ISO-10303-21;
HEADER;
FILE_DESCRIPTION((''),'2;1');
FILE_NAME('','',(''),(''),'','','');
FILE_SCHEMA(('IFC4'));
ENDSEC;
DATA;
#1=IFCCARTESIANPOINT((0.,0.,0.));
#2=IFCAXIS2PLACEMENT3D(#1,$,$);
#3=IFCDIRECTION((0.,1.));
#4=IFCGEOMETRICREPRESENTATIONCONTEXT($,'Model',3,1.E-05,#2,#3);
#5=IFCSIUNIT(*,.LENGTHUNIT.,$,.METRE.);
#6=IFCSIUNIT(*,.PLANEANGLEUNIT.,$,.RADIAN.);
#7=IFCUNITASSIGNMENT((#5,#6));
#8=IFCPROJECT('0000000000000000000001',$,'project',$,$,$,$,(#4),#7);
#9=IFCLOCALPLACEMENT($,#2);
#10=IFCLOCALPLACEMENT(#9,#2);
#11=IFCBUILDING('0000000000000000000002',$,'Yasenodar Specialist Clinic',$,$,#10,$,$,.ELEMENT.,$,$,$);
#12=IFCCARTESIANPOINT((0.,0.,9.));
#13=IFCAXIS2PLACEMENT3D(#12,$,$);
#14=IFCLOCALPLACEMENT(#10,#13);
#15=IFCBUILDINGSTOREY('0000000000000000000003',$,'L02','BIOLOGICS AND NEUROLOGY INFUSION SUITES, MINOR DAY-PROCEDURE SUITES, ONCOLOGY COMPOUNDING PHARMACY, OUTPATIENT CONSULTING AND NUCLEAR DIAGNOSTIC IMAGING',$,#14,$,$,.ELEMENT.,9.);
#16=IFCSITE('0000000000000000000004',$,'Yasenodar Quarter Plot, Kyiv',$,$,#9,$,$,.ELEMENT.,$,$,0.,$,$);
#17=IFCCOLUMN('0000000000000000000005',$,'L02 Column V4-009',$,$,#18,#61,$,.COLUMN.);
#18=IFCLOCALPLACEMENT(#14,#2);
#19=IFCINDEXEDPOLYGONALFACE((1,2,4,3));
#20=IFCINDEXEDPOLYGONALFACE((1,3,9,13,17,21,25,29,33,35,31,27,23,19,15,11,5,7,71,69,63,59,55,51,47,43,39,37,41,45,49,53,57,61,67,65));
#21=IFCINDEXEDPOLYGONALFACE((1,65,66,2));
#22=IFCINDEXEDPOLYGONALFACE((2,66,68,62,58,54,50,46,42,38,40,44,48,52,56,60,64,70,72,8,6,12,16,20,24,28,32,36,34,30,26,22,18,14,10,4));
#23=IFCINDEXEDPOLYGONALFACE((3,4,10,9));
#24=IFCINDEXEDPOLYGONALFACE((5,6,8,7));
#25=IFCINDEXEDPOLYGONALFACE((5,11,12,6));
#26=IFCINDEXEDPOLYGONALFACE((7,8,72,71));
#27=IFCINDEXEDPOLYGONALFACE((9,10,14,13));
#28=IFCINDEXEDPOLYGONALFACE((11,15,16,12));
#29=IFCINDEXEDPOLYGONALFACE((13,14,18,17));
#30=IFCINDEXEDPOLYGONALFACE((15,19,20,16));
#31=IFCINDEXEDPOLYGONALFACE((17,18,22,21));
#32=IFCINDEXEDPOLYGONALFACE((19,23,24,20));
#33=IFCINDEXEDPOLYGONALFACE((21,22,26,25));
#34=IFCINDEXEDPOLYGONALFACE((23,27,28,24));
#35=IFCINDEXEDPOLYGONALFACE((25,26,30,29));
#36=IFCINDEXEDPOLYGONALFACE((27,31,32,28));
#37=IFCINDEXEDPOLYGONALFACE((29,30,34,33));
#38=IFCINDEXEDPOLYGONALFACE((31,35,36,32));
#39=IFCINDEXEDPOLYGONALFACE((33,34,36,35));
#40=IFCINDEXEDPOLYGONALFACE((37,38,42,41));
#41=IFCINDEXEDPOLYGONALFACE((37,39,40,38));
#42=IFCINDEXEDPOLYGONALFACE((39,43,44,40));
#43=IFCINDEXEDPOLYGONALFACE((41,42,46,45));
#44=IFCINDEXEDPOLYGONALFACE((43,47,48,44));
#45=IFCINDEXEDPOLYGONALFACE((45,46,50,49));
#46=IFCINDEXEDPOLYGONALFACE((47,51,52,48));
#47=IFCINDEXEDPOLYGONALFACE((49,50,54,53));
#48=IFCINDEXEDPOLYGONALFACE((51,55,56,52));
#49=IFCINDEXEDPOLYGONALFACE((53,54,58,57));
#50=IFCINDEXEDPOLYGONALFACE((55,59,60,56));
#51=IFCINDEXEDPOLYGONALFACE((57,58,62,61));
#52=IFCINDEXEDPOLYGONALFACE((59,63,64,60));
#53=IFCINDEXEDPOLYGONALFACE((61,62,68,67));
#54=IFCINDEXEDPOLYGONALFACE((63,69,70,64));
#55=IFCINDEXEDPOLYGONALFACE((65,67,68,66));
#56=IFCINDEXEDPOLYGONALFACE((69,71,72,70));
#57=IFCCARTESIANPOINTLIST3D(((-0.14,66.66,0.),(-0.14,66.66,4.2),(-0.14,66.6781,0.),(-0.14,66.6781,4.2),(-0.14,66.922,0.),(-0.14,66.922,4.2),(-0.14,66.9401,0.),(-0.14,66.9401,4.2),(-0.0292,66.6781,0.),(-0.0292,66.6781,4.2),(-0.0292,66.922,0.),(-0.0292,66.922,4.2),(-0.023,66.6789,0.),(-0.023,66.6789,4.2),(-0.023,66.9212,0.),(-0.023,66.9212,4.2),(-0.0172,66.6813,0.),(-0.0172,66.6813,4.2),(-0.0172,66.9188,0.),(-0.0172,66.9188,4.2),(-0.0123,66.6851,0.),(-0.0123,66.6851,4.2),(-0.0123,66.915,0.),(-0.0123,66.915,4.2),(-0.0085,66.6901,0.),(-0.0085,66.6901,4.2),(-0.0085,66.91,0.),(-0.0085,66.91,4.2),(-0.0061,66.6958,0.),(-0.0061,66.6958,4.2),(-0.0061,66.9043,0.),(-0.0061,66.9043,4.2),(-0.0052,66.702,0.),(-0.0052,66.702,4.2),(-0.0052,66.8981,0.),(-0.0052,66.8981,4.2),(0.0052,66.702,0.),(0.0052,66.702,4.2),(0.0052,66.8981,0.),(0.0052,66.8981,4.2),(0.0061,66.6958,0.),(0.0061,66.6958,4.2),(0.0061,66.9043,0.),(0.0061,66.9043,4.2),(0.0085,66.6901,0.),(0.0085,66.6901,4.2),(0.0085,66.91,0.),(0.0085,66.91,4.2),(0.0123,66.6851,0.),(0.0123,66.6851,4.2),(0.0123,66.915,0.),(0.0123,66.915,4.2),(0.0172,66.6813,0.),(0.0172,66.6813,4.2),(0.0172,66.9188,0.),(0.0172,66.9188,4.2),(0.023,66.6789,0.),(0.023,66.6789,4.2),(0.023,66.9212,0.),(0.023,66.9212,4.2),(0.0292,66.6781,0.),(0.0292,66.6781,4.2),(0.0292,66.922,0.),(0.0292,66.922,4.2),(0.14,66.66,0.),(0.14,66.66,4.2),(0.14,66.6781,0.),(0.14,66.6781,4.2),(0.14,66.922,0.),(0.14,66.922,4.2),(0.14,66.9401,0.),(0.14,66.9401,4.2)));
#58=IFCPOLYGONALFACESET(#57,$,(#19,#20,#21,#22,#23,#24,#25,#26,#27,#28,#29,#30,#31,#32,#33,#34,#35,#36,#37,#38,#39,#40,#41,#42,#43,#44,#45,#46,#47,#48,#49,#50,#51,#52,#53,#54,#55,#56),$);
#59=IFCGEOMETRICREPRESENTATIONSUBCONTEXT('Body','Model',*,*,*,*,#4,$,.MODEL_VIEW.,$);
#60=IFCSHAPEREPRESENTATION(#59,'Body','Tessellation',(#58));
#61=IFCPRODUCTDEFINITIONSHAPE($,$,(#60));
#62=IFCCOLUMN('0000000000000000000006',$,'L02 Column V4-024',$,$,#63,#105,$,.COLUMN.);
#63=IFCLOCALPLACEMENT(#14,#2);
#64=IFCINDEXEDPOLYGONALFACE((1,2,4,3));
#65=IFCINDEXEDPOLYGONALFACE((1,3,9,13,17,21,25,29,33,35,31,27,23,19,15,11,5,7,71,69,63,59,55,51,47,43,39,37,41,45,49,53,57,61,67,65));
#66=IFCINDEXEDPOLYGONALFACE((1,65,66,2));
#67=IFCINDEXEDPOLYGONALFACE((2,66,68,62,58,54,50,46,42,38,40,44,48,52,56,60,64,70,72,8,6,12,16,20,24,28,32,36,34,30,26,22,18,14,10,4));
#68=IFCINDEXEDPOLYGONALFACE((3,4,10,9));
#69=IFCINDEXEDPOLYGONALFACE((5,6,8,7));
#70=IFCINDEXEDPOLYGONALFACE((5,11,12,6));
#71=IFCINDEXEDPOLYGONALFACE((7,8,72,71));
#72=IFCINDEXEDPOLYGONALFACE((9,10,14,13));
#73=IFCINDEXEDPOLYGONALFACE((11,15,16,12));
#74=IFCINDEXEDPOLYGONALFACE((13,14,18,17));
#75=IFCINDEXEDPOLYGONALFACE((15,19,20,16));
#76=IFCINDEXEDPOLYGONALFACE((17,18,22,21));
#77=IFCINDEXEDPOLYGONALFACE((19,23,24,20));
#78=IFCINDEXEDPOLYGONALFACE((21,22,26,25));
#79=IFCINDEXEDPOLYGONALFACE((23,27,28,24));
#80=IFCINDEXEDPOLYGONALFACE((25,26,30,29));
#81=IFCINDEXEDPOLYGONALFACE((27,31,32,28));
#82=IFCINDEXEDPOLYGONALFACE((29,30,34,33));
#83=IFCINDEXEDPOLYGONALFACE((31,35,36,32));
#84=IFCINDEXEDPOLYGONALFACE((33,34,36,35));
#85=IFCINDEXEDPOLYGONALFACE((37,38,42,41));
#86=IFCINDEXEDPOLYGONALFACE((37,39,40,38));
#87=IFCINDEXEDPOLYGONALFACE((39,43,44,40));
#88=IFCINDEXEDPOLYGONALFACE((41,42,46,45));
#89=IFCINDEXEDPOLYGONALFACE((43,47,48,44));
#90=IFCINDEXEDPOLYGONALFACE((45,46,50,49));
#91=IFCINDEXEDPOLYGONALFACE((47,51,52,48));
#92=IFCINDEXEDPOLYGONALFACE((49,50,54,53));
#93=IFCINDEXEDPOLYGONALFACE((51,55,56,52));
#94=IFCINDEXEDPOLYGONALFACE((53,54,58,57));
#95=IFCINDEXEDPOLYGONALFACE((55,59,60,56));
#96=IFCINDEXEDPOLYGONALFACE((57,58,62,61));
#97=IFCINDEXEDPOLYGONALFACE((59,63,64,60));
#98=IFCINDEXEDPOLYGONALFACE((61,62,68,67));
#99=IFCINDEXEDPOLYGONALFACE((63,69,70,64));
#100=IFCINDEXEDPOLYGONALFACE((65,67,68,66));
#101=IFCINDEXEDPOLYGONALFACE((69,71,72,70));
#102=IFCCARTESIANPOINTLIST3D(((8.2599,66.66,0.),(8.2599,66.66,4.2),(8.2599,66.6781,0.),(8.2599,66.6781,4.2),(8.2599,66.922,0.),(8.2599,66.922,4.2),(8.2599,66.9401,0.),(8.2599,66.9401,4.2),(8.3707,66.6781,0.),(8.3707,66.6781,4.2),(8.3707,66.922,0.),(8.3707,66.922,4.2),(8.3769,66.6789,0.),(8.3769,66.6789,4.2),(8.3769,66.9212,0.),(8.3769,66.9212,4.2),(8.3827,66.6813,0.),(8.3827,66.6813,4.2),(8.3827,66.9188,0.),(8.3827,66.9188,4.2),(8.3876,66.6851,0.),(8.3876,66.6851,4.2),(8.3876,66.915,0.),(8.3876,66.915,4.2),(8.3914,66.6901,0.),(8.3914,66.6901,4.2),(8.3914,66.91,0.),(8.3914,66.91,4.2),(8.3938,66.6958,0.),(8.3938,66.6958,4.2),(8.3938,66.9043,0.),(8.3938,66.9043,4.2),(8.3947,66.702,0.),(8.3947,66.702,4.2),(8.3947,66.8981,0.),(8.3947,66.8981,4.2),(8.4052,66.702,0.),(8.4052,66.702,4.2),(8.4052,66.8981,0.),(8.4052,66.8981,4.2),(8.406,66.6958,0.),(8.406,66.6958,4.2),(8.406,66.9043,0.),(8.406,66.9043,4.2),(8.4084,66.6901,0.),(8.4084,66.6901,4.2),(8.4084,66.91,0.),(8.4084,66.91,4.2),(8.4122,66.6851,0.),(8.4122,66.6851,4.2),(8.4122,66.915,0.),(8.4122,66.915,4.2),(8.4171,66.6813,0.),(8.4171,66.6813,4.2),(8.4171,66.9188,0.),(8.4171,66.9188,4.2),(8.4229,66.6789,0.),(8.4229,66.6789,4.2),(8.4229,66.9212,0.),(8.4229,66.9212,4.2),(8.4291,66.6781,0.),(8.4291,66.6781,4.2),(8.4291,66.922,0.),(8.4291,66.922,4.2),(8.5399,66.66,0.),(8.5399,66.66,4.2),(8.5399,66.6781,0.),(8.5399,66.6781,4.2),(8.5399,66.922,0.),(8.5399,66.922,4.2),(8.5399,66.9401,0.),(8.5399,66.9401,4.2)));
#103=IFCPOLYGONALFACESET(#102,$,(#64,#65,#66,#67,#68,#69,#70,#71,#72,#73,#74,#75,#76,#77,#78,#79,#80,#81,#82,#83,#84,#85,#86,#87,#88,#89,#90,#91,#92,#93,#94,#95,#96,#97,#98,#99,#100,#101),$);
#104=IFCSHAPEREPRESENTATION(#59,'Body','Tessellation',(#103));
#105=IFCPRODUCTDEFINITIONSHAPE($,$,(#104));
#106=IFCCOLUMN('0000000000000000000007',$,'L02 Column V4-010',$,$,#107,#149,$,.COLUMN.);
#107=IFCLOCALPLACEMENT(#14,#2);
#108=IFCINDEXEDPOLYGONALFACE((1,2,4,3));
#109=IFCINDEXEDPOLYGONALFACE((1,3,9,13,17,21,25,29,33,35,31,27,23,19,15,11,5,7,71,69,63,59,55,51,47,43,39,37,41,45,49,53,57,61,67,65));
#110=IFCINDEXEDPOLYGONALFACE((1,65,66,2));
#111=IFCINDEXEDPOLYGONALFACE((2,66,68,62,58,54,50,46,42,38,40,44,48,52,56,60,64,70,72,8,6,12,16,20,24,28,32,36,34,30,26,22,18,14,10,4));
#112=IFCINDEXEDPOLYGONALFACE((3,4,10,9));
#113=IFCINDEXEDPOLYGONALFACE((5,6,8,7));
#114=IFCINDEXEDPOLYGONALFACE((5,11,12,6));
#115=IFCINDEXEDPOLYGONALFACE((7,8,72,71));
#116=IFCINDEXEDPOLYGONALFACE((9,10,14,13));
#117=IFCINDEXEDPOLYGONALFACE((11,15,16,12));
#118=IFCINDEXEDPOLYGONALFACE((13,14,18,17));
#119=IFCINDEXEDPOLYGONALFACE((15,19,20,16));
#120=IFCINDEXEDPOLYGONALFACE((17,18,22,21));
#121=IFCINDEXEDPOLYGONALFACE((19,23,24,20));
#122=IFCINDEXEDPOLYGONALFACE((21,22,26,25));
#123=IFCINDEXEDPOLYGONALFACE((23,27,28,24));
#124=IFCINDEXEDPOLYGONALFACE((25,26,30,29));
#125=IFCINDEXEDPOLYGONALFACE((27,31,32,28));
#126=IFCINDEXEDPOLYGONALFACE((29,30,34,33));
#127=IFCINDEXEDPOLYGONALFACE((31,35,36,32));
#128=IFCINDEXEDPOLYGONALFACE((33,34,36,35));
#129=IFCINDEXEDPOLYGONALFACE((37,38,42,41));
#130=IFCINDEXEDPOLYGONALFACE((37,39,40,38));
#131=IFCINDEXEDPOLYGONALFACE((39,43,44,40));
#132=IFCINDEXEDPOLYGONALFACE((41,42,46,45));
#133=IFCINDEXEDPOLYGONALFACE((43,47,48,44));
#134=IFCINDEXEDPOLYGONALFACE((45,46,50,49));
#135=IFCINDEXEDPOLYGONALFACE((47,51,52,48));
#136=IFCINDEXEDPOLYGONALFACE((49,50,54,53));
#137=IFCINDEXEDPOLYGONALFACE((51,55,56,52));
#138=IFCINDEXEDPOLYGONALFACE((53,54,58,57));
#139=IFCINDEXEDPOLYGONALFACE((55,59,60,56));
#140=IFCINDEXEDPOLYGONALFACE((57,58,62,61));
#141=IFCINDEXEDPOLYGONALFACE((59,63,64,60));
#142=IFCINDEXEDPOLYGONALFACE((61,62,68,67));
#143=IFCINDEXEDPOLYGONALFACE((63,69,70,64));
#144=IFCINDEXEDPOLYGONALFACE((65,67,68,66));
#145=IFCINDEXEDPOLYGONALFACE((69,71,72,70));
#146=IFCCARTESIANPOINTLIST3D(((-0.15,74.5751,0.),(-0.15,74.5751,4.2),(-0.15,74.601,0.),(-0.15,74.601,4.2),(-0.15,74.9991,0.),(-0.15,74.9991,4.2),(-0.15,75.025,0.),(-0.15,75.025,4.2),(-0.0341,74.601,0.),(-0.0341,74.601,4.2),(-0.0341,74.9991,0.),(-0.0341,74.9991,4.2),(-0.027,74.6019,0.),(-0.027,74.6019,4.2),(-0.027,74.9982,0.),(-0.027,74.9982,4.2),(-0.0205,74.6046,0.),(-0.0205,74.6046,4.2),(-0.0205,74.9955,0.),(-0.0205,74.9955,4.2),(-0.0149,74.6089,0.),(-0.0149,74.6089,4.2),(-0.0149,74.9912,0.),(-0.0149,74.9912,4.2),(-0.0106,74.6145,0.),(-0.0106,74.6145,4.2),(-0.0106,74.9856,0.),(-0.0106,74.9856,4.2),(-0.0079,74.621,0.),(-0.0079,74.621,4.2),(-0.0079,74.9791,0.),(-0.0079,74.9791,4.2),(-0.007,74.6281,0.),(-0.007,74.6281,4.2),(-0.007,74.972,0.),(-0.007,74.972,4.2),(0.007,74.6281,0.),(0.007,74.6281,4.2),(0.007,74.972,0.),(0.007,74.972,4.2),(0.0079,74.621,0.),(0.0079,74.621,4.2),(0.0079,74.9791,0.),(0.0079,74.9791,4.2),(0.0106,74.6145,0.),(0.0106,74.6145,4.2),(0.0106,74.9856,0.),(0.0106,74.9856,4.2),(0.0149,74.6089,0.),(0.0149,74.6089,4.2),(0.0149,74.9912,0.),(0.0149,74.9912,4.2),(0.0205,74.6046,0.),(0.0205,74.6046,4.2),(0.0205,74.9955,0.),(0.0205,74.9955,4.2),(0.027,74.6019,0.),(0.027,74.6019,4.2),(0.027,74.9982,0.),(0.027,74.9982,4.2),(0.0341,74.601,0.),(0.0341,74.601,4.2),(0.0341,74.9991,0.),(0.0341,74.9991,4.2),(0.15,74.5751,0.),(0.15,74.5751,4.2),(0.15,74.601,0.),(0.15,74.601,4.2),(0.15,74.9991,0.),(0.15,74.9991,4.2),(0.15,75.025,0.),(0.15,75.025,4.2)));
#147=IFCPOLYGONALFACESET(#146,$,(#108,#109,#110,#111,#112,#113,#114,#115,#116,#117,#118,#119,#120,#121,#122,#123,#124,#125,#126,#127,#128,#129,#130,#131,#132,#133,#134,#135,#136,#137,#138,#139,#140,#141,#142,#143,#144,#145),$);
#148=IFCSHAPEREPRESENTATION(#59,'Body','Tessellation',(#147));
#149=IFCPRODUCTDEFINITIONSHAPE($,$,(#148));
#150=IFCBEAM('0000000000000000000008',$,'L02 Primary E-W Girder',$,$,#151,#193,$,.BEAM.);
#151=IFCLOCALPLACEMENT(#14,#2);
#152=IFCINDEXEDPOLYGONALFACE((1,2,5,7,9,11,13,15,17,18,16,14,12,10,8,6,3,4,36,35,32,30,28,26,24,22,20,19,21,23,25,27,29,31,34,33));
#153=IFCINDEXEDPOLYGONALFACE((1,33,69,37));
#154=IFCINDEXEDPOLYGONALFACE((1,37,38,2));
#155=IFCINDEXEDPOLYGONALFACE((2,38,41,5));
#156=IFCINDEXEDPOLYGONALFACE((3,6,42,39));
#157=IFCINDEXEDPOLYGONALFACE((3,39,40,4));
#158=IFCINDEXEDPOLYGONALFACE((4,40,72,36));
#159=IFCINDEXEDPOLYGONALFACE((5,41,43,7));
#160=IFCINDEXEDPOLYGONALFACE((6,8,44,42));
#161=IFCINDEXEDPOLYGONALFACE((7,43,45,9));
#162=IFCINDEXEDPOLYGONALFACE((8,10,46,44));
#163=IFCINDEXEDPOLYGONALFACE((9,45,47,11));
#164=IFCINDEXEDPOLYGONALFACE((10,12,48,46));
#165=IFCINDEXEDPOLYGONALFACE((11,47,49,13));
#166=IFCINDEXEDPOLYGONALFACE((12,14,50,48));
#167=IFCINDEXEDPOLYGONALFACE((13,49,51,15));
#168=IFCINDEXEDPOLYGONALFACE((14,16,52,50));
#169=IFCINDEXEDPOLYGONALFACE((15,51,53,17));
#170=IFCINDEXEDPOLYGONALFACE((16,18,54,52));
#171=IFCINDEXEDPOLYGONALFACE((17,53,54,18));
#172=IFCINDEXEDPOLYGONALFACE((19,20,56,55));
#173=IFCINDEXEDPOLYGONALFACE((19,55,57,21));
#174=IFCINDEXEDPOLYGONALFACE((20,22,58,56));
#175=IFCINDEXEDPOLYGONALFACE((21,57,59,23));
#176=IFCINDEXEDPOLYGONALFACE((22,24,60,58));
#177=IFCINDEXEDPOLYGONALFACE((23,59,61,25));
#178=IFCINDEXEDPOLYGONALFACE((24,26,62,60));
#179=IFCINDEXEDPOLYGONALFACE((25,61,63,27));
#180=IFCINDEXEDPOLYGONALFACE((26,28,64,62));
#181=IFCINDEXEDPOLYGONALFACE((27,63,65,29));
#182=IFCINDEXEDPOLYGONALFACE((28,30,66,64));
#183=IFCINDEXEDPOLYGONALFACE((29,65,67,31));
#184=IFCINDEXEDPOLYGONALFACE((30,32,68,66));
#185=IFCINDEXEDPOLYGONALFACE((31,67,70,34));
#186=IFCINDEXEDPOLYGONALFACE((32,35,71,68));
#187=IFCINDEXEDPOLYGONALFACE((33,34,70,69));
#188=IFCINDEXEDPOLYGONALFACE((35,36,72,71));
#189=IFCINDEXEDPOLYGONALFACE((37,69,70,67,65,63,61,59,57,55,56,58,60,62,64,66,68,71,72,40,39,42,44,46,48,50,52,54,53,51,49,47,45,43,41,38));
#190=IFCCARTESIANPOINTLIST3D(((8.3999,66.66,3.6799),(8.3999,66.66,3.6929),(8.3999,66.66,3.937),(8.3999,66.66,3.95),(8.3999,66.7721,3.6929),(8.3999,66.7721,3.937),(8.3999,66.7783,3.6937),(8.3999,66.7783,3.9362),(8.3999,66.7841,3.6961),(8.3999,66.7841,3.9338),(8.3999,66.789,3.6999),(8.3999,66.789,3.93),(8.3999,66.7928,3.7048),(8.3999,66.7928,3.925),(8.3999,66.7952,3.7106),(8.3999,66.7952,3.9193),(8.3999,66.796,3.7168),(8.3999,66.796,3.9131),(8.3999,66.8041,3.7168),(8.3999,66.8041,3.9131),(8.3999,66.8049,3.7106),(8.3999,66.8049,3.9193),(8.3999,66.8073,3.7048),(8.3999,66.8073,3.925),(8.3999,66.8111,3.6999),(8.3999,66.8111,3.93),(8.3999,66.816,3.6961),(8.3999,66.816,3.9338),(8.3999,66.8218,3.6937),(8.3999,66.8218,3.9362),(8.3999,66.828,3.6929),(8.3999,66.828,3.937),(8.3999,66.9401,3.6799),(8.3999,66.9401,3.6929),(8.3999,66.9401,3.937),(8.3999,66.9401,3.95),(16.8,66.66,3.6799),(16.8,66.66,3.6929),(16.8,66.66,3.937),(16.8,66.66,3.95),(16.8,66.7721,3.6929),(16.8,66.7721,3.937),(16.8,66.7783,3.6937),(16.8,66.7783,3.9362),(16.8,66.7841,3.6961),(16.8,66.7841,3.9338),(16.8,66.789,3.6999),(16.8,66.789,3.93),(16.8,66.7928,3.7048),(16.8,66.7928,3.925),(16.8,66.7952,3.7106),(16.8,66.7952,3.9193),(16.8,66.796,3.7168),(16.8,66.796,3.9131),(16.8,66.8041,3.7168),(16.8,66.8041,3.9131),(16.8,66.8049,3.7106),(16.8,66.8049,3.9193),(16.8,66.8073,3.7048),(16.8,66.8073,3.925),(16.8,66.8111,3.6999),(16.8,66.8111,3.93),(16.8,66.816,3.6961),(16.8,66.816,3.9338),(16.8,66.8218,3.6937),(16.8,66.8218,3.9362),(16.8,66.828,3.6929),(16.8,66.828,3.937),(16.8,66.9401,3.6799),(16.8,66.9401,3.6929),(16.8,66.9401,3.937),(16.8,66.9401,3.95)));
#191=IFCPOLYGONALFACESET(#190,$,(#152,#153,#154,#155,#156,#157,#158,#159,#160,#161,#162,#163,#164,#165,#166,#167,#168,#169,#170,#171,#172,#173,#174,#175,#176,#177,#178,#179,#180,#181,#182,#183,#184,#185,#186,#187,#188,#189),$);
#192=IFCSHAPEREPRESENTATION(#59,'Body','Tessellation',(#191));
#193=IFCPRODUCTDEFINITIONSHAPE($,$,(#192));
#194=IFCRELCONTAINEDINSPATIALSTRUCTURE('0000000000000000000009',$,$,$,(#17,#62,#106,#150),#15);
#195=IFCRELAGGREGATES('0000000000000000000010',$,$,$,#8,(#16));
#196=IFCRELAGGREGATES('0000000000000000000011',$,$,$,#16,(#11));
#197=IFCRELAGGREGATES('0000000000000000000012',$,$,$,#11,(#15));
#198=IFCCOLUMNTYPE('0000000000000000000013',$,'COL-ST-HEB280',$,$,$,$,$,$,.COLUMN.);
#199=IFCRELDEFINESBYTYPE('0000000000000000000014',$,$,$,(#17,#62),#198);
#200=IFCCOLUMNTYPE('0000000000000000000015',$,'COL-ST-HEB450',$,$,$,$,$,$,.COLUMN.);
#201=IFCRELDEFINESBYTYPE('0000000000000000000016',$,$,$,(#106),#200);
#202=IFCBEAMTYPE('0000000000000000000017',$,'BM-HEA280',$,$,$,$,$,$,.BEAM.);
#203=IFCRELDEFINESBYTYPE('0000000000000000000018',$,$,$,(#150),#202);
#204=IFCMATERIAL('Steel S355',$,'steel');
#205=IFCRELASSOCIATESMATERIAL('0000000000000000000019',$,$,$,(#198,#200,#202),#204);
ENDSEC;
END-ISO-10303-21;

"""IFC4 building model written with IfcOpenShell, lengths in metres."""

from ifc_helpers import new_model, si_unit, direction, frame, origin, origin_2d, place, context, subcontext, project, spatial, i_section, extrude, material, material_profile, profile_set, type_object, element, save


model = new_model("IFC4")

# Units and contexts
model_context = context("Model", 3, precision=1e-05, world=origin(), true_north=direction((0.0, 1.0)))
body_context = subcontext(model_context, "Body", "Model", "MODEL_VIEW")
ifc_project = project(units=[si_unit("LENGTHUNIT", "METRE"), si_unit("PLANEANGLEUNIT", "RADIAN")], contexts=[model_context])

# Site, building, storey
site_placement = place(None, origin())
site = spatial("IfcSite", under=ifc_project, at=site_placement, Name="Yasenodar Quarter Plot, Kyiv", CompositionType="ELEMENT", RefElevation=0.0)
building_placement = place(site_placement, origin())
building = spatial("IfcBuilding", under=site, at=building_placement, Name="Yasenodar Specialist Clinic", CompositionType="ELEMENT")
storey_placement = place(building_placement, frame((0.0, 0.0, 9.0)))
storey = spatial("IfcBuildingStorey", under=building, at=storey_placement, Name="L02", Description="BIOLOGICS AND NEUROLOGY INFUSION SUITES, MINOR DAY-PROCEDURE SUITES, ONCOLOGY COMPOUNDING PHARMACY, OUTPATIENT CONSULTING AND NUCLEAR DIAGNOSTIC IMAGING", CompositionType="ELEMENT", Elevation=9.0)

# Columns
ifc_material_1 = material(Name="Steel S355", Category="steel")
ifc_material_profile_1 = material_profile(ifc_material_1, i_section(OverallWidth=0.28, OverallDepth=0.28, WebThickness=0.0105, FlangeThickness=0.0181, FilletRadius=0.0239, at=origin_2d()), Name="HEB 280")
ifc_profile_set_1 = profile_set([ifc_material_profile_1], Name="Steel S355")
column_type_1 = type_object("IfcColumnType", Name="COL-ST-HEB280", PredefinedType="COLUMN", material=ifc_profile_set_1)
for number, where, z_axis, x_axis, name in (
    (1, (0.0, 66.8, 0.0), (0.0, 0.0, 1.0), (1.0, 0.0, 0.0), "L02 Column V4-009"),
    (2, (8.3999, 66.8, 0.0), (0.0, 0.0, 1.0), (1.0, 0.0, 0.0), "L02 Column V4-024"),
):
    element("IfcColumn", number, at=place(storey_placement, frame(where, z_axis=z_axis, x_axis=x_axis)), inside=storey, type_object=column_type_1, Name=name, PredefinedType="COLUMN", context=body_context, shape_type="SweptSolid", body=[
        extrude(i_section(OverallWidth=0.28, OverallDepth=0.28, WebThickness=0.0105, FlangeThickness=0.0181, FilletRadius=0.0239, at=origin_2d()), origin(), (0.0, 0.0, 1.0), 4.2),
    ])
ifc_material_profile_2 = material_profile(ifc_material_1, i_section(OverallWidth=0.3, OverallDepth=0.45, WebThickness=0.0139, FlangeThickness=0.0259, FilletRadius=0.0271, at=origin_2d()), Name="HEB 450")
ifc_profile_set_2 = profile_set([ifc_material_profile_2], Name="Steel S355")
column_type_2 = type_object("IfcColumnType", Name="COL-ST-HEB450", PredefinedType="COLUMN", material=ifc_profile_set_2)
column_placement = place(storey_placement, frame((0.0, 74.8, 0.0), z_axis=(0.0, 0.0, 1.0), x_axis=(1.0, 0.0, 0.0)))
element("IfcColumn", 3, at=column_placement, inside=storey, type_object=column_type_2, Name="L02 Column V4-010", PredefinedType="COLUMN", context=body_context, shape_type="SweptSolid", body=[
    extrude(i_section(OverallWidth=0.3, OverallDepth=0.45, WebThickness=0.0139, FlangeThickness=0.0259, FilletRadius=0.0271, at=origin_2d()), origin(), (0.0, 0.0, 1.0), 4.2),
])

# Beam
ifc_material_profile_3 = material_profile(ifc_material_1, i_section(OverallWidth=0.28, OverallDepth=0.27, WebThickness=0.0081, FlangeThickness=0.0129, FilletRadius=0.0239, at=origin_2d()), Name="HEA 280")
ifc_profile_set_3 = profile_set([ifc_material_profile_3], Name="Steel S355")
beam_type_1 = type_object("IfcBeamType", Name="BM-HEA280", PredefinedType="BEAM", material=ifc_profile_set_3)
beam_1_placement = place(storey_placement, frame((8.3999, 66.8, 3.8149), z_axis=(1.0, 0.0, 0.0), x_axis=(0.0, 1.0, 0.0)))
element("IfcBeam", 4, at=beam_1_placement, inside=storey, type_object=beam_type_1, Name="L02 Primary E-W Girder", PredefinedType="BEAM", context=body_context, shape_type="SweptSolid", body=[
    extrude(i_section(OverallWidth=0.28, OverallDepth=0.27, WebThickness=0.0081, FlangeThickness=0.0129, FilletRadius=0.0239, at=origin_2d()), origin(), (0.0, 0.0, 1.0), 8.4001),
])

save(model, "model.ifc")
